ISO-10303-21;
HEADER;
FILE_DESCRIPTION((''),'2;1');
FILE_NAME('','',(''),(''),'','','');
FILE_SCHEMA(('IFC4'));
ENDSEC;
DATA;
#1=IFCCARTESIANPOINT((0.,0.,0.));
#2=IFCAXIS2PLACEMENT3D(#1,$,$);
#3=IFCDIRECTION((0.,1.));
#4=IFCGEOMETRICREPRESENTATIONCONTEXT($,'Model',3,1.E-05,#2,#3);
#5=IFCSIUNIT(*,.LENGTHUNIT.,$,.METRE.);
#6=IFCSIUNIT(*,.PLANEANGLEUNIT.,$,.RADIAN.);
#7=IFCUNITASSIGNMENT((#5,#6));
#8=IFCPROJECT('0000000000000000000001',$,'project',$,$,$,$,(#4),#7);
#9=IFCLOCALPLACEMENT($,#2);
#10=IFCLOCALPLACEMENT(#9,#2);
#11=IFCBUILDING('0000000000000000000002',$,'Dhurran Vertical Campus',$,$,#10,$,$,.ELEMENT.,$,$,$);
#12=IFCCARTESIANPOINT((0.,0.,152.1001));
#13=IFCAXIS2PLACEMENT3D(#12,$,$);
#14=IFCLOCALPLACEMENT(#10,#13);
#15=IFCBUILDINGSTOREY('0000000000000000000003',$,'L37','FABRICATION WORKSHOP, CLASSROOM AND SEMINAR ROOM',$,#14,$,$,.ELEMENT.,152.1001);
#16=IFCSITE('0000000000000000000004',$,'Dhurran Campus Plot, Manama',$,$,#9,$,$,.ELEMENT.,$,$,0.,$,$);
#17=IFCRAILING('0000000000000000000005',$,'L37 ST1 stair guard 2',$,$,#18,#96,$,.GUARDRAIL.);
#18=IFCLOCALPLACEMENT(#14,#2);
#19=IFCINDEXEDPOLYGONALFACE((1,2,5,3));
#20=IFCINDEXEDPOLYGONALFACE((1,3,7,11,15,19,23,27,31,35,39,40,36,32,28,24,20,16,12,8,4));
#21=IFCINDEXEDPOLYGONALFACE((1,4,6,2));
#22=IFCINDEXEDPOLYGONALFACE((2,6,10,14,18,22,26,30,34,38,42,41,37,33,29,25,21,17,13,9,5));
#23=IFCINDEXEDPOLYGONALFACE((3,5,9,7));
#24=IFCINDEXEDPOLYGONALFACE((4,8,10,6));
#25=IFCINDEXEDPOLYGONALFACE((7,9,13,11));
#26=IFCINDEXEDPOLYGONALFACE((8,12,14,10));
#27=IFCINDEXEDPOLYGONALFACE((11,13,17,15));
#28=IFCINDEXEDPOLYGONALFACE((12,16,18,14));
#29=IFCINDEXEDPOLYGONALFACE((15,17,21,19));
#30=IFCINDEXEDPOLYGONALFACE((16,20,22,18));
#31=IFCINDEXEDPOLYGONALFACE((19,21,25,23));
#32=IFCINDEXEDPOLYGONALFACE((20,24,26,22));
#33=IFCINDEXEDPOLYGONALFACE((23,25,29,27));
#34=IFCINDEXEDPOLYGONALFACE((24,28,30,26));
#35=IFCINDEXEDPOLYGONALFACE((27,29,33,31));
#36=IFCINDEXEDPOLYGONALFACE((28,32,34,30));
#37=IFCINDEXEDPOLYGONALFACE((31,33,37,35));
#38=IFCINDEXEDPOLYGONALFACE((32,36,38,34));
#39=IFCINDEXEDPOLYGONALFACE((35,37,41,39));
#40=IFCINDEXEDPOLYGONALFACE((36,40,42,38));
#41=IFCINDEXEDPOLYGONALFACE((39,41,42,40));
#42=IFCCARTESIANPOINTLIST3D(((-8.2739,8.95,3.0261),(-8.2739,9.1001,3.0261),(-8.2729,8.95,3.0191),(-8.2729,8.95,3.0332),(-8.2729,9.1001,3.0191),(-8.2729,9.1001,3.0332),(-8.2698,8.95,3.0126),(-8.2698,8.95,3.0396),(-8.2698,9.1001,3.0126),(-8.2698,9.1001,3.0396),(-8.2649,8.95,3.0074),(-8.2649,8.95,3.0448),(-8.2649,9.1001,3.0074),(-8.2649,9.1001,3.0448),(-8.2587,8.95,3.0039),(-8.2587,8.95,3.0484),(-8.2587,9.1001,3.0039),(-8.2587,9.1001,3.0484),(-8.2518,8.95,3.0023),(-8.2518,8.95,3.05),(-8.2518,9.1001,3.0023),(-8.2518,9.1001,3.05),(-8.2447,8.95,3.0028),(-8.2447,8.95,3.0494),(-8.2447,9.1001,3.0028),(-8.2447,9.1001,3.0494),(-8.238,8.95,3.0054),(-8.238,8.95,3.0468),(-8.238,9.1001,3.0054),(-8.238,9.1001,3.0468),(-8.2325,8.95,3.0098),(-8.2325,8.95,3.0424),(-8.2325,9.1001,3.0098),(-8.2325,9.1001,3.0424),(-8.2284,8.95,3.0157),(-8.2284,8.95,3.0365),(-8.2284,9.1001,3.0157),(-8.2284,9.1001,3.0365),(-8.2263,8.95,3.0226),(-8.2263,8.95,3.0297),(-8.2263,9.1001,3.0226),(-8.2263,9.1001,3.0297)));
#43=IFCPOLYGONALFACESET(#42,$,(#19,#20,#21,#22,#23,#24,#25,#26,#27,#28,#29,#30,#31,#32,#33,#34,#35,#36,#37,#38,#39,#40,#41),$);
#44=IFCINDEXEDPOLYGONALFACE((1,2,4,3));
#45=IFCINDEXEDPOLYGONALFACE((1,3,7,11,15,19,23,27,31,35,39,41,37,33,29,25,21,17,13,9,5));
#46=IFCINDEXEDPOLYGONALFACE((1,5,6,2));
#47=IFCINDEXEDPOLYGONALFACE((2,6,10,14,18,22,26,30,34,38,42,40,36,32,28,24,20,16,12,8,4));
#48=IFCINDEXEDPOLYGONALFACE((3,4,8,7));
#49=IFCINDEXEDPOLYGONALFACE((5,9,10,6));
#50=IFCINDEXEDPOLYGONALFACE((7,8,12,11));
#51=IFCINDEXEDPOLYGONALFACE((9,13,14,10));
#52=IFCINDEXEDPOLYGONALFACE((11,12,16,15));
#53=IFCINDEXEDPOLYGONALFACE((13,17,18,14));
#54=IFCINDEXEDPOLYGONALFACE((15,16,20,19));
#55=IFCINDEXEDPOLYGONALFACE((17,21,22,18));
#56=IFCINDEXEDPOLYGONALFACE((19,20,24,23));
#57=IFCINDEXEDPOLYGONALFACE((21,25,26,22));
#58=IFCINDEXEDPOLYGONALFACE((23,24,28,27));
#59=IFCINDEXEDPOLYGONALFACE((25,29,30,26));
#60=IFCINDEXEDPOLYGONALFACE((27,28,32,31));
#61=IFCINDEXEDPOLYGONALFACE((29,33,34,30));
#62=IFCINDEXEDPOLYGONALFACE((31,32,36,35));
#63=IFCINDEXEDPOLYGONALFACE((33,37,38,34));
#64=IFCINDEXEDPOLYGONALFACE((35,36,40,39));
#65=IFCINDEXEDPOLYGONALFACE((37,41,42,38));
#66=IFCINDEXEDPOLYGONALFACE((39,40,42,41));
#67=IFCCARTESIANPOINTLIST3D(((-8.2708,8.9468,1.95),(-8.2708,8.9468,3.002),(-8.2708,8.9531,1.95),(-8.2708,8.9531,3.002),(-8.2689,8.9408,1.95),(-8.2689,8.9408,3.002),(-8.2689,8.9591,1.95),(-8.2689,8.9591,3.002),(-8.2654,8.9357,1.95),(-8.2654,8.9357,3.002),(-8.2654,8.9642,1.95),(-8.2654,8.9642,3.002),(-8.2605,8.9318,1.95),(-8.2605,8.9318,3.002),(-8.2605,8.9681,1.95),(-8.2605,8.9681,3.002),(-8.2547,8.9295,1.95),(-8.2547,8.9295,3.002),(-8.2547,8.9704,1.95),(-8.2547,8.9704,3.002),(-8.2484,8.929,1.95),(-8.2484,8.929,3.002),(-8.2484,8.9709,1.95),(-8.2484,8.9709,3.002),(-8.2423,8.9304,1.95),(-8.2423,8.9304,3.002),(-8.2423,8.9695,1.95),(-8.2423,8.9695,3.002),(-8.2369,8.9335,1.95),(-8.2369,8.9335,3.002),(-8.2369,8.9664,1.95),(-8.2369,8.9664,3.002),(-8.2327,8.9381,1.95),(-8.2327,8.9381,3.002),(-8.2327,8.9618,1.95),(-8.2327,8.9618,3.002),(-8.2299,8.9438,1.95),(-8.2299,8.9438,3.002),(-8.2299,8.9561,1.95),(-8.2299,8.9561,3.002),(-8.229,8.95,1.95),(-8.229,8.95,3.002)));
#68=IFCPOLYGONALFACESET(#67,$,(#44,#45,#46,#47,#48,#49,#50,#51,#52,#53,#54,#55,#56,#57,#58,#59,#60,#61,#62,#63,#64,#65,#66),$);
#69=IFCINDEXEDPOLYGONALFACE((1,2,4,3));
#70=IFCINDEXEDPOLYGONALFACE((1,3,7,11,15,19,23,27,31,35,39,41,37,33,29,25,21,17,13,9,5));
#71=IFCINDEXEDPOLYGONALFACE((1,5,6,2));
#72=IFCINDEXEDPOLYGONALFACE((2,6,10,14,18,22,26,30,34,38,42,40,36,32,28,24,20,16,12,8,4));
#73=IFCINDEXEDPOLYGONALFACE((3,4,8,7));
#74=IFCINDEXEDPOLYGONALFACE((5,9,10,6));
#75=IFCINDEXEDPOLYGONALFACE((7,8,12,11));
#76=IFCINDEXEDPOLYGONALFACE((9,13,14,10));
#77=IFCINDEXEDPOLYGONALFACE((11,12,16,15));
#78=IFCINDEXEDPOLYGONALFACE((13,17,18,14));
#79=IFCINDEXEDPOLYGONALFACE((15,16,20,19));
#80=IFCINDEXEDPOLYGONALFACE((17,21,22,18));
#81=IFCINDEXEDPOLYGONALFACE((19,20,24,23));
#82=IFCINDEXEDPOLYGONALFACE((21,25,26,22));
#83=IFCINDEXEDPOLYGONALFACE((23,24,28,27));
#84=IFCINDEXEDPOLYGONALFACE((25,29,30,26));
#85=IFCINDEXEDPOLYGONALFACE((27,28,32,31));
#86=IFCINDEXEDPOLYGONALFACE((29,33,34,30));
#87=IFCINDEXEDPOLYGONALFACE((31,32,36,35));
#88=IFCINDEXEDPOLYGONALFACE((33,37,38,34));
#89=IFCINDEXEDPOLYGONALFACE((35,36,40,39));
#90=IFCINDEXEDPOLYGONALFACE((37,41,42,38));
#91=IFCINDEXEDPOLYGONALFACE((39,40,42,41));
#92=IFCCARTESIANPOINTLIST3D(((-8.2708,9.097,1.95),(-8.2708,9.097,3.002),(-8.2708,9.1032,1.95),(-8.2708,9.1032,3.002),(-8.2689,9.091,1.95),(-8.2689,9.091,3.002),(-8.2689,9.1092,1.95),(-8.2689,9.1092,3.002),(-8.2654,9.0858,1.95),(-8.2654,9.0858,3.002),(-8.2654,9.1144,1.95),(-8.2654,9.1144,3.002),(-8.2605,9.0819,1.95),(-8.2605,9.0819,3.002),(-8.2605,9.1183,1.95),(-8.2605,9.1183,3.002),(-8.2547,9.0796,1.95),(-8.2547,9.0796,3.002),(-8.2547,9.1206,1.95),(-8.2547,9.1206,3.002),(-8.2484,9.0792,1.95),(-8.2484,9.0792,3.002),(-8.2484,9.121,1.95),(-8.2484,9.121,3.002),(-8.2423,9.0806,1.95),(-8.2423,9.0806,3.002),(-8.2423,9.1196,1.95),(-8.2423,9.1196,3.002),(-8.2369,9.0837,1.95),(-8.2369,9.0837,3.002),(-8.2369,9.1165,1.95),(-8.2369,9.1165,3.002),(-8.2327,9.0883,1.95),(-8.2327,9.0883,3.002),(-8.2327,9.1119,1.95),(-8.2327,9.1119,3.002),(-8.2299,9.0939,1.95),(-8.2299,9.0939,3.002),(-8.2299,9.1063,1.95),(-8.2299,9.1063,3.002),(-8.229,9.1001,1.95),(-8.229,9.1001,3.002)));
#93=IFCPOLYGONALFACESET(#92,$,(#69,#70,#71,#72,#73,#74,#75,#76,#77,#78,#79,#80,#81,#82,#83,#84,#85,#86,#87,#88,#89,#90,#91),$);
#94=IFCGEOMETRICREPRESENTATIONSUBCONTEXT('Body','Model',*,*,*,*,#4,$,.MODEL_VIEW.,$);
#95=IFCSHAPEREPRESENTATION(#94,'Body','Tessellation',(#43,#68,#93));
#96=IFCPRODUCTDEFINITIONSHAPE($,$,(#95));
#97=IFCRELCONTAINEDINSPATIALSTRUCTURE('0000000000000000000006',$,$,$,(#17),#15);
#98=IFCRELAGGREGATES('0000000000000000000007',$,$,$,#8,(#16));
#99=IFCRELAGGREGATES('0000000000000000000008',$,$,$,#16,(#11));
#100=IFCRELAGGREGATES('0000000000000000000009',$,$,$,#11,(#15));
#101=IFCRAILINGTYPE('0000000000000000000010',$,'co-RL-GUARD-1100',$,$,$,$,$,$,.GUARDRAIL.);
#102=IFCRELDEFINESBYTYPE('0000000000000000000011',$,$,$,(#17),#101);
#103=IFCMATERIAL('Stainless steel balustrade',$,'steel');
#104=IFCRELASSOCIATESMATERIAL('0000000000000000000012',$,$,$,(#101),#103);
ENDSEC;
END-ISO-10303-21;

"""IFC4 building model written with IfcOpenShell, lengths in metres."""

from ifc_helpers import new_model, si_unit, direction, frame, origin, origin_2d, place, context, subcontext, project, spatial, circle, extrude, material, type_object, element, save


model = new_model("IFC4")

# Units and contexts
model_context = context("Model", 3, precision=1e-05, world=origin(), true_north=direction((0.0, 1.0)))
body_context = subcontext(model_context, "Body", "Model", "MODEL_VIEW")
ifc_project = project(units=[si_unit("LENGTHUNIT", "METRE"), si_unit("PLANEANGLEUNIT", "RADIAN")], contexts=[model_context])

# Site, building, storey
site_placement = place(None, origin())
site = spatial("IfcSite", under=ifc_project, at=site_placement, Name="Dhurran Campus Plot, Manama", CompositionType="ELEMENT", RefElevation=0.0)
building_placement = place(site_placement, origin())
building = spatial("IfcBuilding", under=site, at=building_placement, Name="Dhurran Vertical Campus", CompositionType="ELEMENT")
storey_placement = place(building_placement, frame((0.0, 0.0, 152.1001)))
storey = spatial("IfcBuildingStorey", under=building, at=storey_placement, Name="L37", Description="FABRICATION WORKSHOP, CLASSROOM AND SEMINAR ROOM", CompositionType="ELEMENT", Elevation=152.1001)

# Railing
ifc_material_1 = material(Name="Stainless steel balustrade", Category="steel")
railing_type_1 = type_object("IfcRailingType", Name="co-RL-GUARD-1100", PredefinedType="GUARDRAIL", material=ifc_material_1)
railing_1_placement = place(storey_placement, frame((-8.25, 8.95, 1.95)))
element("IfcRailing", 1, at=railing_1_placement, inside=storey, type_object=railing_type_1, Name="L37 ST1 stair guard 2", PredefinedType="GUARDRAIL", context=body_context, shape_type="SweptSolid", body=[
    extrude(circle(Radius=0.0239, at=origin_2d()), frame((0.0, 0.0, 1.0762), z_axis=(0.0, 1.0, 0.0), x_axis=(-1.0, 0.0, 0.0)), (0.0, 0.0, 1.0), 0.1501),
    extrude(circle(Radius=0.021, at=origin_2d()), origin(), (0.0, 0.0, 1.0), 1.052),
    extrude(circle(Radius=0.021, at=origin_2d()), frame((0.0, 0.1501, 0.0)), (0.0, 0.0, 1.0), 1.052),
])

save(model, "model.ifc")
